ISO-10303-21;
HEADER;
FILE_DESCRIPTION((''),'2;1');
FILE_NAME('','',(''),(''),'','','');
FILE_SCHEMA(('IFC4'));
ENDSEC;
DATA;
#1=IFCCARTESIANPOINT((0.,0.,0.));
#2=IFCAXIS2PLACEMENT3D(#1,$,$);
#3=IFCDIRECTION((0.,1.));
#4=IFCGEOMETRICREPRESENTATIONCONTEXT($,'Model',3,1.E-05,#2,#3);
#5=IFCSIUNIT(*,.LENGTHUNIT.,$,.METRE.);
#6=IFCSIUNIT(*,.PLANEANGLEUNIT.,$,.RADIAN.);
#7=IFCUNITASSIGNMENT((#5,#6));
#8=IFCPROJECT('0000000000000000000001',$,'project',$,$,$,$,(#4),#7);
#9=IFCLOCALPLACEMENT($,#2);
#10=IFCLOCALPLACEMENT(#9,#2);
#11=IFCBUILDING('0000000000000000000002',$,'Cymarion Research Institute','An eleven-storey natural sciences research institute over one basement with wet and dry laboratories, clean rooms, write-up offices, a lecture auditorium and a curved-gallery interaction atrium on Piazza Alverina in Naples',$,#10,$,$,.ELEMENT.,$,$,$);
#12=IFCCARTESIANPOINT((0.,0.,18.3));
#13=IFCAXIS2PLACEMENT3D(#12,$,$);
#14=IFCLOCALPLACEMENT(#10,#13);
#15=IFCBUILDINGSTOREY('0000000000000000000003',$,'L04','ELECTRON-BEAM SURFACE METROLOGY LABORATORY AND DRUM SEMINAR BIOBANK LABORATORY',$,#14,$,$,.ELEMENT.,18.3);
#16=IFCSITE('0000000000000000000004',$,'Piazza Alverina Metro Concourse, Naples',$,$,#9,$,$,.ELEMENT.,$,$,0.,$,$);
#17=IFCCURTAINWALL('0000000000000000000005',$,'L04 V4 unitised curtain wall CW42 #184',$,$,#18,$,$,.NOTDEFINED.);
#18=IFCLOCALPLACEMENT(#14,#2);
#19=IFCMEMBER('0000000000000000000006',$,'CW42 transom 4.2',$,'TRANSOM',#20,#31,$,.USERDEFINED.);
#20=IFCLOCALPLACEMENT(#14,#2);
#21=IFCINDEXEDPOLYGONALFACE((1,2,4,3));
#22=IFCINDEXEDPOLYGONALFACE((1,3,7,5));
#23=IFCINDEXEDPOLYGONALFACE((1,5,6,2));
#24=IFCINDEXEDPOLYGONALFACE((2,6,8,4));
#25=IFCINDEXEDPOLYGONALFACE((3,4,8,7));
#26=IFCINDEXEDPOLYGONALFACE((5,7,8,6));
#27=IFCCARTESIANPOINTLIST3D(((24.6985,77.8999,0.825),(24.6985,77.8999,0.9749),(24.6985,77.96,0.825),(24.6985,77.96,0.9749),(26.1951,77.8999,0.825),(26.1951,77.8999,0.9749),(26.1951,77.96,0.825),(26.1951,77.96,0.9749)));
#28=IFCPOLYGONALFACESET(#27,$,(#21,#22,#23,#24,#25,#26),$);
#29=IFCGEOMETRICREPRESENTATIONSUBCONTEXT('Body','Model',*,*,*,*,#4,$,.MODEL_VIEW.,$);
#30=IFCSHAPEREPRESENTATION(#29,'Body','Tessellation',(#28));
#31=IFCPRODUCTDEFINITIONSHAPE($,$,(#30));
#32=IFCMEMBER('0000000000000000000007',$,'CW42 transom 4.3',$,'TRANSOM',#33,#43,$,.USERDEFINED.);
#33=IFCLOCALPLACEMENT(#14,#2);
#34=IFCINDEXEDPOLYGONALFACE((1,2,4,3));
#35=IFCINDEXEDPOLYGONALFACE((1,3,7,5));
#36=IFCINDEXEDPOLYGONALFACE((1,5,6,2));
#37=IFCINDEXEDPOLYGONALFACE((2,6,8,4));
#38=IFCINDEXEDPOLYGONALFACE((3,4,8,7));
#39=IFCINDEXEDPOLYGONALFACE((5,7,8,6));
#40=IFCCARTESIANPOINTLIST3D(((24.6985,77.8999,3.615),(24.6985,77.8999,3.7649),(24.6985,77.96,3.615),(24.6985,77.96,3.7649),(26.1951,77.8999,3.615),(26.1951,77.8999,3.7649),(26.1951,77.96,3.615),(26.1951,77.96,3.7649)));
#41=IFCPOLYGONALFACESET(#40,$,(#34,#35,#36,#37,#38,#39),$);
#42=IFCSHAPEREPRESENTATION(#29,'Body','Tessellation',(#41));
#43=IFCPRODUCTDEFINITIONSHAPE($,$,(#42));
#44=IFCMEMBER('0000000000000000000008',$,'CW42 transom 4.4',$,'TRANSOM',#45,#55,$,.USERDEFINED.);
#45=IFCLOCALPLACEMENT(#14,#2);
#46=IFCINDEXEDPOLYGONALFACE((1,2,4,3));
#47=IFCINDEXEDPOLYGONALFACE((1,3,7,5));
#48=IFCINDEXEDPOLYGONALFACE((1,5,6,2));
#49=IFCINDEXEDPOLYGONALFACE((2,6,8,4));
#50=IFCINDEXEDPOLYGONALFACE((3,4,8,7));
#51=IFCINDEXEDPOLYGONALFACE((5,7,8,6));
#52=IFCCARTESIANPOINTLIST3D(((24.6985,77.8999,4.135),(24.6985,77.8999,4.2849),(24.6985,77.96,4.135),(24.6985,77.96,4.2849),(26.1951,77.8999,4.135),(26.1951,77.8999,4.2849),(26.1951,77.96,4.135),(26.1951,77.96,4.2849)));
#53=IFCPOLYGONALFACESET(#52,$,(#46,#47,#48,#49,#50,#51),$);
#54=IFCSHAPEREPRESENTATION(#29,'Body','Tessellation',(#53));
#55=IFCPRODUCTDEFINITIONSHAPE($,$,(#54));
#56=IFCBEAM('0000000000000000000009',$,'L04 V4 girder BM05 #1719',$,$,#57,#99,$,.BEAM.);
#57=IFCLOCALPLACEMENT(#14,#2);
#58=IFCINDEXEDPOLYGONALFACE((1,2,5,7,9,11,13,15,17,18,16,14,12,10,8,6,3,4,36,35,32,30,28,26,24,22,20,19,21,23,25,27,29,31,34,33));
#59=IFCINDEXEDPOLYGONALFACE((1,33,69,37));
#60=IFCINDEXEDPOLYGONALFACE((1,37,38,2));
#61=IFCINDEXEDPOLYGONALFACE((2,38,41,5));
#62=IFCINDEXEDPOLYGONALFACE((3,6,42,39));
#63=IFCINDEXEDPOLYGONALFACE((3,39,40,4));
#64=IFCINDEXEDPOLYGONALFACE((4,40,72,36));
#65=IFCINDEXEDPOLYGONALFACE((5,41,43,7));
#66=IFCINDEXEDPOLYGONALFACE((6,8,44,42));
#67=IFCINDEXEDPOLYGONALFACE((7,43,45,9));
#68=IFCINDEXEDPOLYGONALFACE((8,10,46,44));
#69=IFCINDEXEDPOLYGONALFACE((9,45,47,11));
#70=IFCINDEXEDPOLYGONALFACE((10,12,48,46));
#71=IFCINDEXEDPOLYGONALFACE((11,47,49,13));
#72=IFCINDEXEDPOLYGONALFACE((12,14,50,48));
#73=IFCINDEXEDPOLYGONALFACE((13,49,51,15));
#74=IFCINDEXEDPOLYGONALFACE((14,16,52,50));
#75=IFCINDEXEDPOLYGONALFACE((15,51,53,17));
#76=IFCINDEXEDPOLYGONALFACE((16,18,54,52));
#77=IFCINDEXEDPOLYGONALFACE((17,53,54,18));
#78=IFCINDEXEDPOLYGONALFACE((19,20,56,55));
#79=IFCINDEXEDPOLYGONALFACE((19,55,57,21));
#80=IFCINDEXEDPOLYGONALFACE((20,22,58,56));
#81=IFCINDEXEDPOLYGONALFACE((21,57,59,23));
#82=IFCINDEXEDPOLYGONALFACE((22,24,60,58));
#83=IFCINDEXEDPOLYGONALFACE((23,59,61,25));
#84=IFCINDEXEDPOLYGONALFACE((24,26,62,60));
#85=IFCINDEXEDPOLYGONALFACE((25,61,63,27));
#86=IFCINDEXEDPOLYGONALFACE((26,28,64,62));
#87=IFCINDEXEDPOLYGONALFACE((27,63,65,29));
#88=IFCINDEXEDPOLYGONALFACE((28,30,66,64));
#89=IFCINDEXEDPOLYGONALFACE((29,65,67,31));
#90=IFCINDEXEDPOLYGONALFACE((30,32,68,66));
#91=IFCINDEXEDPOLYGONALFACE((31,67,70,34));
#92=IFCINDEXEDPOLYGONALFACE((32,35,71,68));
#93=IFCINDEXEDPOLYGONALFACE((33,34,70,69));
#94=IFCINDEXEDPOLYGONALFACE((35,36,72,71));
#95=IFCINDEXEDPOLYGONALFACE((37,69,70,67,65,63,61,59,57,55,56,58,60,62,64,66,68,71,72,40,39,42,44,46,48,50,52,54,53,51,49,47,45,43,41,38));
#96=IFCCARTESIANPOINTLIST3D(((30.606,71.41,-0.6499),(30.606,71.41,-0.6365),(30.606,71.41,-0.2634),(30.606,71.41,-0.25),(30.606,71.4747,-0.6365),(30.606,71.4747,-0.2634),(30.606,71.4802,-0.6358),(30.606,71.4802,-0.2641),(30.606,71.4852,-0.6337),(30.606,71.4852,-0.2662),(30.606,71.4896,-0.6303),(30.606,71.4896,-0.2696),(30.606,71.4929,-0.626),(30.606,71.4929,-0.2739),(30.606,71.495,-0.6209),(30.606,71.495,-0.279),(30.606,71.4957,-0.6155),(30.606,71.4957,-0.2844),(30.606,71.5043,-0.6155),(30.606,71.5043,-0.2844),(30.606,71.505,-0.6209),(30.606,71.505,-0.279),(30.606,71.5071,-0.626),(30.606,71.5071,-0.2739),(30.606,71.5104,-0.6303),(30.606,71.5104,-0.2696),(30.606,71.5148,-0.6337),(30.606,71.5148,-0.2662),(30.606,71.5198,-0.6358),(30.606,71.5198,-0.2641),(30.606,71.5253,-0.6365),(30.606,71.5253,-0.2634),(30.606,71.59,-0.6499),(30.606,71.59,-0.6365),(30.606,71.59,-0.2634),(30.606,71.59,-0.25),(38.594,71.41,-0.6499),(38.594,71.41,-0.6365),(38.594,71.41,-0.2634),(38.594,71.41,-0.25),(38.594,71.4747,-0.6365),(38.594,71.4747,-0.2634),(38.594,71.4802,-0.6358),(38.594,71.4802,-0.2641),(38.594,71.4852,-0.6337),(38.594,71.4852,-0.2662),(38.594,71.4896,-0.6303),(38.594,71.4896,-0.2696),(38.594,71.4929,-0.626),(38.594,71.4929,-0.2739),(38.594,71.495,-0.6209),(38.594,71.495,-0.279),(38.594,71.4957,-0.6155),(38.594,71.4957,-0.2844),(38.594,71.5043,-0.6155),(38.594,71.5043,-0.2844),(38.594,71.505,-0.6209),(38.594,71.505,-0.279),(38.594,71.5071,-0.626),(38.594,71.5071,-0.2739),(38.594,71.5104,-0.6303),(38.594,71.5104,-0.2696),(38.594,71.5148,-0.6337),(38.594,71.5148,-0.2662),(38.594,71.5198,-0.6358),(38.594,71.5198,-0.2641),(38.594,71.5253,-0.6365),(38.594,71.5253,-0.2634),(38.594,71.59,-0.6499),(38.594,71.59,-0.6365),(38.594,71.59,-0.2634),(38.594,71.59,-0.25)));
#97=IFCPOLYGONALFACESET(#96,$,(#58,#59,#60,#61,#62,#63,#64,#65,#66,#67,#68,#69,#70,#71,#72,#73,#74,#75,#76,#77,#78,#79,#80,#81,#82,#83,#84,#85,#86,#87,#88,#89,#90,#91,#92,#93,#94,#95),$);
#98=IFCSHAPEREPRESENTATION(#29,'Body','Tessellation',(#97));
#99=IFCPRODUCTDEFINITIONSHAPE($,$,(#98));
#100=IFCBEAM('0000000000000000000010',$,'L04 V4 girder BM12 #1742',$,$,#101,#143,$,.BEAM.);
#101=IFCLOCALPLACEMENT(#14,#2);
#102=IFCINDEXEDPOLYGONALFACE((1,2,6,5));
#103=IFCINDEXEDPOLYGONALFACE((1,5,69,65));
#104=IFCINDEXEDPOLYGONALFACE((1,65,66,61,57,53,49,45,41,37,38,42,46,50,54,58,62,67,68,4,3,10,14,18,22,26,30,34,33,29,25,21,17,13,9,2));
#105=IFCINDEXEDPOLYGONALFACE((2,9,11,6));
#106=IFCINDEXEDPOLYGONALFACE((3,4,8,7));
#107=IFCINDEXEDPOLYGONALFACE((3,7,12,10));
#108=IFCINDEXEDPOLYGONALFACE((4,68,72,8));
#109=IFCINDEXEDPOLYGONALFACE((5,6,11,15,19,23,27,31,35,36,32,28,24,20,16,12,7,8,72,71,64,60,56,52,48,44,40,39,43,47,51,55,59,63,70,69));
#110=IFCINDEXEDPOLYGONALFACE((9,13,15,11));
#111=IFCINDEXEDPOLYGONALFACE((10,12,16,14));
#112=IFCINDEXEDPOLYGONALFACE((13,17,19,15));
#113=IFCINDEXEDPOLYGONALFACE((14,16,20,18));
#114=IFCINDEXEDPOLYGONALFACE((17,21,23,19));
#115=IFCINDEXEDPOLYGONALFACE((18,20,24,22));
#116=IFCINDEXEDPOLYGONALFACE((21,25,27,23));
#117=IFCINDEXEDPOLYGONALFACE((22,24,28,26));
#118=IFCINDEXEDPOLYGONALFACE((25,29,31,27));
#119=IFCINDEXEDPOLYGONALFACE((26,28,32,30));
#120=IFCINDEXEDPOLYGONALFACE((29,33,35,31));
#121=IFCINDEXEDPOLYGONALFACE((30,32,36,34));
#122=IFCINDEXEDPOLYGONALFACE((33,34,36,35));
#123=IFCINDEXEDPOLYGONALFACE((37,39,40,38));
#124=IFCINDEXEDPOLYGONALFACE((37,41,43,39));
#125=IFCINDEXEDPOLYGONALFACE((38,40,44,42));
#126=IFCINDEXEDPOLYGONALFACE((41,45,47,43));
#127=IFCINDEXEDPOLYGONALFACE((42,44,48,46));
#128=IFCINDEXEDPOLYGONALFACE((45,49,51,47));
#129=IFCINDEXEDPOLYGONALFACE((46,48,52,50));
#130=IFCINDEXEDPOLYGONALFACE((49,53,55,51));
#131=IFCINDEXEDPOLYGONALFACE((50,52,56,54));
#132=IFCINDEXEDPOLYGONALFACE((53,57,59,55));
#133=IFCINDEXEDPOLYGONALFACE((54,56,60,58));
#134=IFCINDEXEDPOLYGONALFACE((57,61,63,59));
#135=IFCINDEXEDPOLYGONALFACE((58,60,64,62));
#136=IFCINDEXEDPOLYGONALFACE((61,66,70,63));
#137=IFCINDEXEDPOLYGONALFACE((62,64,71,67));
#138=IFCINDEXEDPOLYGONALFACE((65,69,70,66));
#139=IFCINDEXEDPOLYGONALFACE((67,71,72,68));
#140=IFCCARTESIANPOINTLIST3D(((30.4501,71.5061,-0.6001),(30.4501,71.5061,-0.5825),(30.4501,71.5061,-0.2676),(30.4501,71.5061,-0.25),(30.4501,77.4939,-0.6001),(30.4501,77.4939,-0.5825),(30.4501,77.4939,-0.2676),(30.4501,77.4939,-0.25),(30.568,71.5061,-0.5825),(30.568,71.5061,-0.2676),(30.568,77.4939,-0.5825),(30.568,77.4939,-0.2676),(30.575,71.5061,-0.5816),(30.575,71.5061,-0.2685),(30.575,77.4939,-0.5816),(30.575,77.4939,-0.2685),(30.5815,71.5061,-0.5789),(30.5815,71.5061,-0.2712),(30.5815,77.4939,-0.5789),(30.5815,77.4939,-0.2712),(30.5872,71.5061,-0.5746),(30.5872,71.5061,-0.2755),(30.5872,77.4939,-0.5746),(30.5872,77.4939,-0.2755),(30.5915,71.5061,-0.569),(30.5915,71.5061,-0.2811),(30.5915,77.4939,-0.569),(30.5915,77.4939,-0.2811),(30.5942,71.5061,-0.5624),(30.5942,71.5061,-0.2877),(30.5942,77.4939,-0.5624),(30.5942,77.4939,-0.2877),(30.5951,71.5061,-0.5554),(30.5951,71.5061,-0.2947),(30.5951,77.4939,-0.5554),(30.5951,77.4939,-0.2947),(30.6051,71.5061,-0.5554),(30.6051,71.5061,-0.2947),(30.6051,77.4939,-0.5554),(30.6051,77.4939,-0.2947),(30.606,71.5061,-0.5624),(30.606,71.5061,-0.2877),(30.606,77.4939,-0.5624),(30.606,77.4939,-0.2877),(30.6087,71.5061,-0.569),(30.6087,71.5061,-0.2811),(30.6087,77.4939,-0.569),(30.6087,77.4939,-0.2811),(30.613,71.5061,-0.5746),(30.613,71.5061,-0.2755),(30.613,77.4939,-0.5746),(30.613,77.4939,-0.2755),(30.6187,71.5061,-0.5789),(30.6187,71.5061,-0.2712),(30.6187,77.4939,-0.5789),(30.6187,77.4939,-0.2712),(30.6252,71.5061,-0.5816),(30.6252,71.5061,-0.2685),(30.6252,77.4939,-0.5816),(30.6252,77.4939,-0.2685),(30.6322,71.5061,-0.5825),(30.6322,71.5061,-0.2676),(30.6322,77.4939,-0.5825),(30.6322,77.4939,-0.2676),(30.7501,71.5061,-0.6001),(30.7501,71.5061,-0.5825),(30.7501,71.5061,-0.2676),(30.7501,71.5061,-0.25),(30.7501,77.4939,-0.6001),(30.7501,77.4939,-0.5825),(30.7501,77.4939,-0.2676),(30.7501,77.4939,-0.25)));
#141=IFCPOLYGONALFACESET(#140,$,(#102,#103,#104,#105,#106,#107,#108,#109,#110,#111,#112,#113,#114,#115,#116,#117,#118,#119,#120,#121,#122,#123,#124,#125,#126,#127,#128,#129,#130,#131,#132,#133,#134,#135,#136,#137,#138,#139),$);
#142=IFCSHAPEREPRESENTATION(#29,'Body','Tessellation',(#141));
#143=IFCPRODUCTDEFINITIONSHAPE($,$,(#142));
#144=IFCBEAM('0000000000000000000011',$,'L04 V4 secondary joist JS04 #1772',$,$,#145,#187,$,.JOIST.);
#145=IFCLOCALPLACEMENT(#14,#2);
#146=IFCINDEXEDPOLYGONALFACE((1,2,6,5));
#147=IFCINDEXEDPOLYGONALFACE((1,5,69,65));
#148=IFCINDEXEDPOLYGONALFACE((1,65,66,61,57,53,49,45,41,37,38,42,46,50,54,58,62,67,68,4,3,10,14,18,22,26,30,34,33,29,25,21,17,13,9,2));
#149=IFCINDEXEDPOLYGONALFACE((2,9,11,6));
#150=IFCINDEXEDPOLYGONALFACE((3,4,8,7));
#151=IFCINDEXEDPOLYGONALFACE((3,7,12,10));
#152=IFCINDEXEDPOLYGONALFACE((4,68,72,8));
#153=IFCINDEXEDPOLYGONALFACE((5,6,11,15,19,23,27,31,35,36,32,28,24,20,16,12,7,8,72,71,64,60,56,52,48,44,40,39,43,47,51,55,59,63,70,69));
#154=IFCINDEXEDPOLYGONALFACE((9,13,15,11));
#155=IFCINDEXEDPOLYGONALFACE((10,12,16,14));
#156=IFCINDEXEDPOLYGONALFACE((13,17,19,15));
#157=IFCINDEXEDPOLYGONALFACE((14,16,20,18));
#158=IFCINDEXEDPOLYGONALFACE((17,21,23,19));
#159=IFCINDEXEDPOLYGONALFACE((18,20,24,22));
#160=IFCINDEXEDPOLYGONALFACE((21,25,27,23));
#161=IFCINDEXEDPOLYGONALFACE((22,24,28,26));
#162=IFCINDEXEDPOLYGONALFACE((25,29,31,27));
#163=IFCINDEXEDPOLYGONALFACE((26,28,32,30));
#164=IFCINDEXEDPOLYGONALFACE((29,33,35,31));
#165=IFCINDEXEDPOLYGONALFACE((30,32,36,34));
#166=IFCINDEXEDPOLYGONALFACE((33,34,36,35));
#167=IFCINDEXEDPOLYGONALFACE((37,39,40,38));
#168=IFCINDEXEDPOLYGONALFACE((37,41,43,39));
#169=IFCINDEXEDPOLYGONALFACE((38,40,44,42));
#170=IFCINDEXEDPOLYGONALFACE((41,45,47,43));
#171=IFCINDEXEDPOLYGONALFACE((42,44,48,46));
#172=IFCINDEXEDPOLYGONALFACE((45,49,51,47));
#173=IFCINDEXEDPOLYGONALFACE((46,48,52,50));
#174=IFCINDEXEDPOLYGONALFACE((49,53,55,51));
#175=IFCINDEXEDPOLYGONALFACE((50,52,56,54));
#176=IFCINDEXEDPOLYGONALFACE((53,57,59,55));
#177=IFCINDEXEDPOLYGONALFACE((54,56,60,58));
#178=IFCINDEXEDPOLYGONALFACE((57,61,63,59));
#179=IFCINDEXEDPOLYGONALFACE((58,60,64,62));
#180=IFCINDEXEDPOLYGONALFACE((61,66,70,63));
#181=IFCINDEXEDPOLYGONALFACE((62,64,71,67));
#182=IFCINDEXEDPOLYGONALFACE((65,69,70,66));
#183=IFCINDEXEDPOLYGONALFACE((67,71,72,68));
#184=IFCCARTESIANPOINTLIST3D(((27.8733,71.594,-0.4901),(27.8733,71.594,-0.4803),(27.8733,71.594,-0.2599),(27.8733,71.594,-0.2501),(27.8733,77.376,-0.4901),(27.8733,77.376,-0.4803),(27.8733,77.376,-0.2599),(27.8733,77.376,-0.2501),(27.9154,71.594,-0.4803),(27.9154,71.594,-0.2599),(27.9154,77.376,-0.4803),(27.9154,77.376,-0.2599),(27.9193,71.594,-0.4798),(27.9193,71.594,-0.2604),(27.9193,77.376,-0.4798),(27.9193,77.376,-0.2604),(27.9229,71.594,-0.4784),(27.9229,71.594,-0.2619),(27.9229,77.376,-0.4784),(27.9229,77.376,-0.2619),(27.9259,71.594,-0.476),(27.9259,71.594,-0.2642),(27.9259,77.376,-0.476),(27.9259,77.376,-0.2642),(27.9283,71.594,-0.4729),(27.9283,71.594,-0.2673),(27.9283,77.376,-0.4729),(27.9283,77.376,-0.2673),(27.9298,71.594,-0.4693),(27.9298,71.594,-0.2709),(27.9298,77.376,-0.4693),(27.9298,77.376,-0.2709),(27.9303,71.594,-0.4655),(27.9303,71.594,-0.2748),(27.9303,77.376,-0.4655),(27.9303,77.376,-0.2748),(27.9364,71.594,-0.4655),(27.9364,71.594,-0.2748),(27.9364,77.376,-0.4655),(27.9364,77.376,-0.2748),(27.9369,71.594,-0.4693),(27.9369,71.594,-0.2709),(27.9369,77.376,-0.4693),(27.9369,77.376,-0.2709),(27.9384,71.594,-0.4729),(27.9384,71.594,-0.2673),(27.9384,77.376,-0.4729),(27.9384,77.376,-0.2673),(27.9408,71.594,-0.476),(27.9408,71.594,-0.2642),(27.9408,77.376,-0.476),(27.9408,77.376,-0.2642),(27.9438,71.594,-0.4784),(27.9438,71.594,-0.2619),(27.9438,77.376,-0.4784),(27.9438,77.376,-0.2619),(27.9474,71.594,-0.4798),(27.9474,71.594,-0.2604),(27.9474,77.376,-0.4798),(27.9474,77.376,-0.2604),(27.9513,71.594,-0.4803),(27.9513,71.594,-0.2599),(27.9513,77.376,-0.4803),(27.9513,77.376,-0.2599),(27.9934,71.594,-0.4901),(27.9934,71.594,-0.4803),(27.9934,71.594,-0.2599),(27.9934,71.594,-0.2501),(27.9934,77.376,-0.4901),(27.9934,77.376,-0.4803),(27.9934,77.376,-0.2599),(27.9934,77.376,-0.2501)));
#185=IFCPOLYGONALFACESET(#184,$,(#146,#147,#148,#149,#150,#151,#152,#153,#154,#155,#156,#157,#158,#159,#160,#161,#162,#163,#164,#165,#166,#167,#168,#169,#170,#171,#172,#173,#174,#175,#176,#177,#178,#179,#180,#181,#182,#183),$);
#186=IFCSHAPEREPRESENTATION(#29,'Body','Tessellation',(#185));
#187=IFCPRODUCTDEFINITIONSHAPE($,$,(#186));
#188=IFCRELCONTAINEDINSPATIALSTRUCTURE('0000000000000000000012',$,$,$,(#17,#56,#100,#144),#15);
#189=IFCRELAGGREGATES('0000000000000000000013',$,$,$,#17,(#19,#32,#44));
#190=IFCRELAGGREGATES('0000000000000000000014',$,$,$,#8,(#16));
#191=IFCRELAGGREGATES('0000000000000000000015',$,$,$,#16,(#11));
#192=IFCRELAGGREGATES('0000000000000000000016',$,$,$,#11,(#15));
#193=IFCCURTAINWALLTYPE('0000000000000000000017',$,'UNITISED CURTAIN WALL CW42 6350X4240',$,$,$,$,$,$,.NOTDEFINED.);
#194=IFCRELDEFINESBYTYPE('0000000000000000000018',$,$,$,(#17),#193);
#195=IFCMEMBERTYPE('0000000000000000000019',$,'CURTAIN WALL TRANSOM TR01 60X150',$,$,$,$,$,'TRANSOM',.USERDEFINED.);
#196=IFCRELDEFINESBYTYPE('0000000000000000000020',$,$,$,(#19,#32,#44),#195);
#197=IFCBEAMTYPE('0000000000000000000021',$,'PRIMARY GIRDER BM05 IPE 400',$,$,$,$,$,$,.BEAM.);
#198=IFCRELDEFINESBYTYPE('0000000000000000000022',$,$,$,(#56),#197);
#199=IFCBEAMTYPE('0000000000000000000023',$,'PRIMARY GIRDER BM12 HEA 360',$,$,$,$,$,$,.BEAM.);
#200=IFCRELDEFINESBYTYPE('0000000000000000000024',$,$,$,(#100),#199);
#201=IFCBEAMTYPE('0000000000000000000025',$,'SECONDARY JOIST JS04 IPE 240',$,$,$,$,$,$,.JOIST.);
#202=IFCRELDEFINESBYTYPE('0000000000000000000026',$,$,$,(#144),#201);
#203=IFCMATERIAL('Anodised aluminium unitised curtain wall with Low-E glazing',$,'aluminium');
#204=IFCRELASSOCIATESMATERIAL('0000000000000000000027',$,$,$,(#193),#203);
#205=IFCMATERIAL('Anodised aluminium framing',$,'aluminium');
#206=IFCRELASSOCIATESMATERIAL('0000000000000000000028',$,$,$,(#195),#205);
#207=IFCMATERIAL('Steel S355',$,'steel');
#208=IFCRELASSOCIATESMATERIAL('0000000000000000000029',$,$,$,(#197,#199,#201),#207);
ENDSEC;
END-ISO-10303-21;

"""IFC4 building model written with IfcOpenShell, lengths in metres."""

from ifc_helpers import new_model, si_unit, direction, frame, origin, origin_2d, place, context, subcontext, project, spatial, rectangle, i_section, extrude, material, material_profile, profile_set, type_object, element, aggregate, save


model = new_model("IFC4")

# Units and contexts
model_context = context("Model", 3, precision=1e-05, world=origin(), true_north=direction((0.0, 1.0)))
body_context = subcontext(model_context, "Body", "Model", "MODEL_VIEW")
ifc_project = project(units=[si_unit("LENGTHUNIT", "METRE"), si_unit("PLANEANGLEUNIT", "RADIAN")], contexts=[model_context])

# Site, building, storey
site_placement = place(None, origin())
site = spatial("IfcSite", under=ifc_project, at=site_placement, Name="Piazza Alverina Metro Concourse, Naples", CompositionType="ELEMENT", RefElevation=0.0)
building_placement = place(site_placement, origin())
building = spatial("IfcBuilding", under=site, at=building_placement, Name="Cymarion Research Institute", Description="An eleven-storey natural sciences research institute over one basement with wet and dry laboratories, clean rooms, write-up offices, a lecture auditorium and a curved-gallery interaction atrium on Piazza Alverina in Naples", CompositionType="ELEMENT")
storey_placement = place(building_placement, frame((0.0, 0.0, 18.3)))
storey = spatial("IfcBuildingStorey", under=building, at=storey_placement, Name="L04", Description="ELECTRON-BEAM SURFACE METROLOGY LABORATORY AND DRUM SEMINAR BIOBANK LABORATORY", CompositionType="ELEMENT", Elevation=18.3)

# Curtain wall, members
ifc_material_1 = material(Name="Anodised aluminium unitised curtain wall with Low-E glazing", Category="aluminium")
curtain_wall_type = type_object("IfcCurtainWallType", Name="UNITISED CURTAIN WALL CW42 6350X4240", PredefinedType="NOTDEFINED", material=ifc_material_1)
curtain_wall_placement = place(storey_placement, origin())
curtain_wall = element("IfcCurtainWall", 1, at=curtain_wall_placement, inside=storey, type_object=curtain_wall_type, Name="L04 V4 unitised curtain wall CW42 #184", PredefinedType="NOTDEFINED")
ifc_material_2 = material(Name="Anodised aluminium framing", Category="aluminium")
ifc_material_profile_1 = material_profile(ifc_material_2, rectangle(XDim=0.0601, YDim=0.1499, at=origin_2d()), Name="ALU TRANSOM 60x150")
ifc_profile_set_1 = profile_set([ifc_material_profile_1], Name="Anodised aluminium framing")
member_type_1 = type_object("IfcMemberType", Name="CURTAIN WALL TRANSOM TR01 60X150", ElementType="TRANSOM", PredefinedType="USERDEFINED", material=ifc_profile_set_1)
member_1_placement = place(storey_placement, frame((26.1951, 77.9299, 0.8999), z_axis=(-1.0, 0.0, 0.0), x_axis=(0.0, -1.0, 0.0)))
member_1 = element("IfcMember", 2, at=member_1_placement, type_object=member_type_1, Name="CW42 transom 4.2", ObjectType="TRANSOM", PredefinedType="USERDEFINED", context=body_context, shape_type="SweptSolid", body=[
    extrude(rectangle(XDim=0.0601, YDim=0.1499, at=origin_2d()), origin(), (0.0, 0.0, 1.0), 1.4966),
])
member_2_placement = place(storey_placement, frame((26.1951, 77.9299, 3.6899), z_axis=(-1.0, 0.0, 0.0), x_axis=(0.0, -1.0, 0.0)))
member_2 = element("IfcMember", 3, at=member_2_placement, type_object=member_type_1, Name="CW42 transom 4.3", ObjectType="TRANSOM", PredefinedType="USERDEFINED", context=body_context, shape_type="SweptSolid", body=[
    extrude(rectangle(XDim=0.0601, YDim=0.1499, at=origin_2d()), origin(), (0.0, 0.0, 1.0), 1.4966),
])
member_3_placement = place(storey_placement, frame((26.1951, 77.9299, 4.21), z_axis=(-1.0, 0.0, 0.0), x_axis=(0.0, -1.0, 0.0)))
member_3 = element("IfcMember", 4, at=member_3_placement, type_object=member_type_1, Name="CW42 transom 4.4", ObjectType="TRANSOM", PredefinedType="USERDEFINED", context=body_context, shape_type="SweptSolid", body=[
    extrude(rectangle(XDim=0.0601, YDim=0.1499, at=origin_2d()), origin(), (0.0, 0.0, 1.0), 1.4966),
])

# Beams
ifc_material_3 = material(Name="Steel S355", Category="steel")
ifc_material_profile_2 = material_profile(ifc_material_3, i_section(OverallWidth=0.1799, OverallDepth=0.3999, WebThickness=0.0085, FlangeThickness=0.0134, FilletRadius=0.021, at=origin_2d()), Name="IPE 400")
ifc_profile_set_2 = profile_set([ifc_material_profile_2], Name="Steel S355")
beam_type_1 = type_object("IfcBeamType", Name="PRIMARY GIRDER BM05 IPE 400", PredefinedType="BEAM", material=ifc_profile_set_2)
beam_1_placement = place(storey_placement, frame((30.606, 71.5, -0.45), z_axis=(1.0, 0.0, 0.0), x_axis=(0.0, 1.0, 0.0)))
element("IfcBeam", 5, at=beam_1_placement, inside=storey, type_object=beam_type_1, Name="L04 V4 girder BM05 #1719", PredefinedType="BEAM", context=body_context, shape_type="SweptSolid", body=[
    extrude(i_section(OverallWidth=0.1799, OverallDepth=0.3999, WebThickness=0.0085, FlangeThickness=0.0134, FilletRadius=0.021, at=origin_2d()), origin(), (0.0, 0.0, 1.0), 7.988),
])
ifc_material_profile_3 = material_profile(ifc_material_3, i_section(OverallWidth=0.3, OverallDepth=0.3501, WebThickness=0.01, FlangeThickness=0.0176, FilletRadius=0.0271, at=origin_2d()), Name="HEA 360")
ifc_profile_set_3 = profile_set([ifc_material_profile_3], Name="Steel S355")
beam_type_2 = type_object("IfcBeamType", Name="PRIMARY GIRDER BM12 HEA 360", PredefinedType="BEAM", material=ifc_profile_set_3)
beam_2_placement = place(storey_placement, frame((30.6001, 71.5061, -0.425), z_axis=(0.0, 1.0, 0.0), x_axis=(-1.0, 0.0, 0.0)))
element("IfcBeam", 6, at=beam_2_placement, inside=storey, type_object=beam_type_2, Name="L04 V4 girder BM12 #1742", PredefinedType="BEAM", context=body_context, shape_type="SweptSolid", body=[
    extrude(i_section(OverallWidth=0.3, OverallDepth=0.3501, WebThickness=0.01, FlangeThickness=0.0176, FilletRadius=0.0271, at=origin_2d()), origin(), (0.0, 0.0, 1.0), 5.9878),
])
ifc_material_profile_4 = material_profile(ifc_material_3, i_section(OverallWidth=0.1201, OverallDepth=0.24, WebThickness=0.0061, FlangeThickness=0.0098, FilletRadius=0.0149, at=origin_2d()), Name="IPE 240")
ifc_profile_set_4 = profile_set([ifc_material_profile_4], Name="Steel S355")
beam_type_3 = type_object("IfcBeamType", Name="SECONDARY JOIST JS04 IPE 240", PredefinedType="JOIST", material=ifc_profile_set_4)
beam_3_placement = place(storey_placement, frame((27.9333, 71.594, -0.3701), z_axis=(0.0, 1.0, 0.0), x_axis=(-1.0, 0.0, 0.0)))
element("IfcBeam", 7, at=beam_3_placement, inside=storey, type_object=beam_type_3, Name="L04 V4 secondary joist JS04 #1772", PredefinedType="JOIST", context=body_context, shape_type="SweptSolid", body=[
    extrude(i_section(OverallWidth=0.1201, OverallDepth=0.24, WebThickness=0.0061, FlangeThickness=0.0098, FilletRadius=0.0149, at=origin_2d()), origin(), (0.0, 0.0, 1.0), 5.782),
])

aggregate(curtain_wall, [member_1, member_2, member_3])

save(model, "model.ifc")
